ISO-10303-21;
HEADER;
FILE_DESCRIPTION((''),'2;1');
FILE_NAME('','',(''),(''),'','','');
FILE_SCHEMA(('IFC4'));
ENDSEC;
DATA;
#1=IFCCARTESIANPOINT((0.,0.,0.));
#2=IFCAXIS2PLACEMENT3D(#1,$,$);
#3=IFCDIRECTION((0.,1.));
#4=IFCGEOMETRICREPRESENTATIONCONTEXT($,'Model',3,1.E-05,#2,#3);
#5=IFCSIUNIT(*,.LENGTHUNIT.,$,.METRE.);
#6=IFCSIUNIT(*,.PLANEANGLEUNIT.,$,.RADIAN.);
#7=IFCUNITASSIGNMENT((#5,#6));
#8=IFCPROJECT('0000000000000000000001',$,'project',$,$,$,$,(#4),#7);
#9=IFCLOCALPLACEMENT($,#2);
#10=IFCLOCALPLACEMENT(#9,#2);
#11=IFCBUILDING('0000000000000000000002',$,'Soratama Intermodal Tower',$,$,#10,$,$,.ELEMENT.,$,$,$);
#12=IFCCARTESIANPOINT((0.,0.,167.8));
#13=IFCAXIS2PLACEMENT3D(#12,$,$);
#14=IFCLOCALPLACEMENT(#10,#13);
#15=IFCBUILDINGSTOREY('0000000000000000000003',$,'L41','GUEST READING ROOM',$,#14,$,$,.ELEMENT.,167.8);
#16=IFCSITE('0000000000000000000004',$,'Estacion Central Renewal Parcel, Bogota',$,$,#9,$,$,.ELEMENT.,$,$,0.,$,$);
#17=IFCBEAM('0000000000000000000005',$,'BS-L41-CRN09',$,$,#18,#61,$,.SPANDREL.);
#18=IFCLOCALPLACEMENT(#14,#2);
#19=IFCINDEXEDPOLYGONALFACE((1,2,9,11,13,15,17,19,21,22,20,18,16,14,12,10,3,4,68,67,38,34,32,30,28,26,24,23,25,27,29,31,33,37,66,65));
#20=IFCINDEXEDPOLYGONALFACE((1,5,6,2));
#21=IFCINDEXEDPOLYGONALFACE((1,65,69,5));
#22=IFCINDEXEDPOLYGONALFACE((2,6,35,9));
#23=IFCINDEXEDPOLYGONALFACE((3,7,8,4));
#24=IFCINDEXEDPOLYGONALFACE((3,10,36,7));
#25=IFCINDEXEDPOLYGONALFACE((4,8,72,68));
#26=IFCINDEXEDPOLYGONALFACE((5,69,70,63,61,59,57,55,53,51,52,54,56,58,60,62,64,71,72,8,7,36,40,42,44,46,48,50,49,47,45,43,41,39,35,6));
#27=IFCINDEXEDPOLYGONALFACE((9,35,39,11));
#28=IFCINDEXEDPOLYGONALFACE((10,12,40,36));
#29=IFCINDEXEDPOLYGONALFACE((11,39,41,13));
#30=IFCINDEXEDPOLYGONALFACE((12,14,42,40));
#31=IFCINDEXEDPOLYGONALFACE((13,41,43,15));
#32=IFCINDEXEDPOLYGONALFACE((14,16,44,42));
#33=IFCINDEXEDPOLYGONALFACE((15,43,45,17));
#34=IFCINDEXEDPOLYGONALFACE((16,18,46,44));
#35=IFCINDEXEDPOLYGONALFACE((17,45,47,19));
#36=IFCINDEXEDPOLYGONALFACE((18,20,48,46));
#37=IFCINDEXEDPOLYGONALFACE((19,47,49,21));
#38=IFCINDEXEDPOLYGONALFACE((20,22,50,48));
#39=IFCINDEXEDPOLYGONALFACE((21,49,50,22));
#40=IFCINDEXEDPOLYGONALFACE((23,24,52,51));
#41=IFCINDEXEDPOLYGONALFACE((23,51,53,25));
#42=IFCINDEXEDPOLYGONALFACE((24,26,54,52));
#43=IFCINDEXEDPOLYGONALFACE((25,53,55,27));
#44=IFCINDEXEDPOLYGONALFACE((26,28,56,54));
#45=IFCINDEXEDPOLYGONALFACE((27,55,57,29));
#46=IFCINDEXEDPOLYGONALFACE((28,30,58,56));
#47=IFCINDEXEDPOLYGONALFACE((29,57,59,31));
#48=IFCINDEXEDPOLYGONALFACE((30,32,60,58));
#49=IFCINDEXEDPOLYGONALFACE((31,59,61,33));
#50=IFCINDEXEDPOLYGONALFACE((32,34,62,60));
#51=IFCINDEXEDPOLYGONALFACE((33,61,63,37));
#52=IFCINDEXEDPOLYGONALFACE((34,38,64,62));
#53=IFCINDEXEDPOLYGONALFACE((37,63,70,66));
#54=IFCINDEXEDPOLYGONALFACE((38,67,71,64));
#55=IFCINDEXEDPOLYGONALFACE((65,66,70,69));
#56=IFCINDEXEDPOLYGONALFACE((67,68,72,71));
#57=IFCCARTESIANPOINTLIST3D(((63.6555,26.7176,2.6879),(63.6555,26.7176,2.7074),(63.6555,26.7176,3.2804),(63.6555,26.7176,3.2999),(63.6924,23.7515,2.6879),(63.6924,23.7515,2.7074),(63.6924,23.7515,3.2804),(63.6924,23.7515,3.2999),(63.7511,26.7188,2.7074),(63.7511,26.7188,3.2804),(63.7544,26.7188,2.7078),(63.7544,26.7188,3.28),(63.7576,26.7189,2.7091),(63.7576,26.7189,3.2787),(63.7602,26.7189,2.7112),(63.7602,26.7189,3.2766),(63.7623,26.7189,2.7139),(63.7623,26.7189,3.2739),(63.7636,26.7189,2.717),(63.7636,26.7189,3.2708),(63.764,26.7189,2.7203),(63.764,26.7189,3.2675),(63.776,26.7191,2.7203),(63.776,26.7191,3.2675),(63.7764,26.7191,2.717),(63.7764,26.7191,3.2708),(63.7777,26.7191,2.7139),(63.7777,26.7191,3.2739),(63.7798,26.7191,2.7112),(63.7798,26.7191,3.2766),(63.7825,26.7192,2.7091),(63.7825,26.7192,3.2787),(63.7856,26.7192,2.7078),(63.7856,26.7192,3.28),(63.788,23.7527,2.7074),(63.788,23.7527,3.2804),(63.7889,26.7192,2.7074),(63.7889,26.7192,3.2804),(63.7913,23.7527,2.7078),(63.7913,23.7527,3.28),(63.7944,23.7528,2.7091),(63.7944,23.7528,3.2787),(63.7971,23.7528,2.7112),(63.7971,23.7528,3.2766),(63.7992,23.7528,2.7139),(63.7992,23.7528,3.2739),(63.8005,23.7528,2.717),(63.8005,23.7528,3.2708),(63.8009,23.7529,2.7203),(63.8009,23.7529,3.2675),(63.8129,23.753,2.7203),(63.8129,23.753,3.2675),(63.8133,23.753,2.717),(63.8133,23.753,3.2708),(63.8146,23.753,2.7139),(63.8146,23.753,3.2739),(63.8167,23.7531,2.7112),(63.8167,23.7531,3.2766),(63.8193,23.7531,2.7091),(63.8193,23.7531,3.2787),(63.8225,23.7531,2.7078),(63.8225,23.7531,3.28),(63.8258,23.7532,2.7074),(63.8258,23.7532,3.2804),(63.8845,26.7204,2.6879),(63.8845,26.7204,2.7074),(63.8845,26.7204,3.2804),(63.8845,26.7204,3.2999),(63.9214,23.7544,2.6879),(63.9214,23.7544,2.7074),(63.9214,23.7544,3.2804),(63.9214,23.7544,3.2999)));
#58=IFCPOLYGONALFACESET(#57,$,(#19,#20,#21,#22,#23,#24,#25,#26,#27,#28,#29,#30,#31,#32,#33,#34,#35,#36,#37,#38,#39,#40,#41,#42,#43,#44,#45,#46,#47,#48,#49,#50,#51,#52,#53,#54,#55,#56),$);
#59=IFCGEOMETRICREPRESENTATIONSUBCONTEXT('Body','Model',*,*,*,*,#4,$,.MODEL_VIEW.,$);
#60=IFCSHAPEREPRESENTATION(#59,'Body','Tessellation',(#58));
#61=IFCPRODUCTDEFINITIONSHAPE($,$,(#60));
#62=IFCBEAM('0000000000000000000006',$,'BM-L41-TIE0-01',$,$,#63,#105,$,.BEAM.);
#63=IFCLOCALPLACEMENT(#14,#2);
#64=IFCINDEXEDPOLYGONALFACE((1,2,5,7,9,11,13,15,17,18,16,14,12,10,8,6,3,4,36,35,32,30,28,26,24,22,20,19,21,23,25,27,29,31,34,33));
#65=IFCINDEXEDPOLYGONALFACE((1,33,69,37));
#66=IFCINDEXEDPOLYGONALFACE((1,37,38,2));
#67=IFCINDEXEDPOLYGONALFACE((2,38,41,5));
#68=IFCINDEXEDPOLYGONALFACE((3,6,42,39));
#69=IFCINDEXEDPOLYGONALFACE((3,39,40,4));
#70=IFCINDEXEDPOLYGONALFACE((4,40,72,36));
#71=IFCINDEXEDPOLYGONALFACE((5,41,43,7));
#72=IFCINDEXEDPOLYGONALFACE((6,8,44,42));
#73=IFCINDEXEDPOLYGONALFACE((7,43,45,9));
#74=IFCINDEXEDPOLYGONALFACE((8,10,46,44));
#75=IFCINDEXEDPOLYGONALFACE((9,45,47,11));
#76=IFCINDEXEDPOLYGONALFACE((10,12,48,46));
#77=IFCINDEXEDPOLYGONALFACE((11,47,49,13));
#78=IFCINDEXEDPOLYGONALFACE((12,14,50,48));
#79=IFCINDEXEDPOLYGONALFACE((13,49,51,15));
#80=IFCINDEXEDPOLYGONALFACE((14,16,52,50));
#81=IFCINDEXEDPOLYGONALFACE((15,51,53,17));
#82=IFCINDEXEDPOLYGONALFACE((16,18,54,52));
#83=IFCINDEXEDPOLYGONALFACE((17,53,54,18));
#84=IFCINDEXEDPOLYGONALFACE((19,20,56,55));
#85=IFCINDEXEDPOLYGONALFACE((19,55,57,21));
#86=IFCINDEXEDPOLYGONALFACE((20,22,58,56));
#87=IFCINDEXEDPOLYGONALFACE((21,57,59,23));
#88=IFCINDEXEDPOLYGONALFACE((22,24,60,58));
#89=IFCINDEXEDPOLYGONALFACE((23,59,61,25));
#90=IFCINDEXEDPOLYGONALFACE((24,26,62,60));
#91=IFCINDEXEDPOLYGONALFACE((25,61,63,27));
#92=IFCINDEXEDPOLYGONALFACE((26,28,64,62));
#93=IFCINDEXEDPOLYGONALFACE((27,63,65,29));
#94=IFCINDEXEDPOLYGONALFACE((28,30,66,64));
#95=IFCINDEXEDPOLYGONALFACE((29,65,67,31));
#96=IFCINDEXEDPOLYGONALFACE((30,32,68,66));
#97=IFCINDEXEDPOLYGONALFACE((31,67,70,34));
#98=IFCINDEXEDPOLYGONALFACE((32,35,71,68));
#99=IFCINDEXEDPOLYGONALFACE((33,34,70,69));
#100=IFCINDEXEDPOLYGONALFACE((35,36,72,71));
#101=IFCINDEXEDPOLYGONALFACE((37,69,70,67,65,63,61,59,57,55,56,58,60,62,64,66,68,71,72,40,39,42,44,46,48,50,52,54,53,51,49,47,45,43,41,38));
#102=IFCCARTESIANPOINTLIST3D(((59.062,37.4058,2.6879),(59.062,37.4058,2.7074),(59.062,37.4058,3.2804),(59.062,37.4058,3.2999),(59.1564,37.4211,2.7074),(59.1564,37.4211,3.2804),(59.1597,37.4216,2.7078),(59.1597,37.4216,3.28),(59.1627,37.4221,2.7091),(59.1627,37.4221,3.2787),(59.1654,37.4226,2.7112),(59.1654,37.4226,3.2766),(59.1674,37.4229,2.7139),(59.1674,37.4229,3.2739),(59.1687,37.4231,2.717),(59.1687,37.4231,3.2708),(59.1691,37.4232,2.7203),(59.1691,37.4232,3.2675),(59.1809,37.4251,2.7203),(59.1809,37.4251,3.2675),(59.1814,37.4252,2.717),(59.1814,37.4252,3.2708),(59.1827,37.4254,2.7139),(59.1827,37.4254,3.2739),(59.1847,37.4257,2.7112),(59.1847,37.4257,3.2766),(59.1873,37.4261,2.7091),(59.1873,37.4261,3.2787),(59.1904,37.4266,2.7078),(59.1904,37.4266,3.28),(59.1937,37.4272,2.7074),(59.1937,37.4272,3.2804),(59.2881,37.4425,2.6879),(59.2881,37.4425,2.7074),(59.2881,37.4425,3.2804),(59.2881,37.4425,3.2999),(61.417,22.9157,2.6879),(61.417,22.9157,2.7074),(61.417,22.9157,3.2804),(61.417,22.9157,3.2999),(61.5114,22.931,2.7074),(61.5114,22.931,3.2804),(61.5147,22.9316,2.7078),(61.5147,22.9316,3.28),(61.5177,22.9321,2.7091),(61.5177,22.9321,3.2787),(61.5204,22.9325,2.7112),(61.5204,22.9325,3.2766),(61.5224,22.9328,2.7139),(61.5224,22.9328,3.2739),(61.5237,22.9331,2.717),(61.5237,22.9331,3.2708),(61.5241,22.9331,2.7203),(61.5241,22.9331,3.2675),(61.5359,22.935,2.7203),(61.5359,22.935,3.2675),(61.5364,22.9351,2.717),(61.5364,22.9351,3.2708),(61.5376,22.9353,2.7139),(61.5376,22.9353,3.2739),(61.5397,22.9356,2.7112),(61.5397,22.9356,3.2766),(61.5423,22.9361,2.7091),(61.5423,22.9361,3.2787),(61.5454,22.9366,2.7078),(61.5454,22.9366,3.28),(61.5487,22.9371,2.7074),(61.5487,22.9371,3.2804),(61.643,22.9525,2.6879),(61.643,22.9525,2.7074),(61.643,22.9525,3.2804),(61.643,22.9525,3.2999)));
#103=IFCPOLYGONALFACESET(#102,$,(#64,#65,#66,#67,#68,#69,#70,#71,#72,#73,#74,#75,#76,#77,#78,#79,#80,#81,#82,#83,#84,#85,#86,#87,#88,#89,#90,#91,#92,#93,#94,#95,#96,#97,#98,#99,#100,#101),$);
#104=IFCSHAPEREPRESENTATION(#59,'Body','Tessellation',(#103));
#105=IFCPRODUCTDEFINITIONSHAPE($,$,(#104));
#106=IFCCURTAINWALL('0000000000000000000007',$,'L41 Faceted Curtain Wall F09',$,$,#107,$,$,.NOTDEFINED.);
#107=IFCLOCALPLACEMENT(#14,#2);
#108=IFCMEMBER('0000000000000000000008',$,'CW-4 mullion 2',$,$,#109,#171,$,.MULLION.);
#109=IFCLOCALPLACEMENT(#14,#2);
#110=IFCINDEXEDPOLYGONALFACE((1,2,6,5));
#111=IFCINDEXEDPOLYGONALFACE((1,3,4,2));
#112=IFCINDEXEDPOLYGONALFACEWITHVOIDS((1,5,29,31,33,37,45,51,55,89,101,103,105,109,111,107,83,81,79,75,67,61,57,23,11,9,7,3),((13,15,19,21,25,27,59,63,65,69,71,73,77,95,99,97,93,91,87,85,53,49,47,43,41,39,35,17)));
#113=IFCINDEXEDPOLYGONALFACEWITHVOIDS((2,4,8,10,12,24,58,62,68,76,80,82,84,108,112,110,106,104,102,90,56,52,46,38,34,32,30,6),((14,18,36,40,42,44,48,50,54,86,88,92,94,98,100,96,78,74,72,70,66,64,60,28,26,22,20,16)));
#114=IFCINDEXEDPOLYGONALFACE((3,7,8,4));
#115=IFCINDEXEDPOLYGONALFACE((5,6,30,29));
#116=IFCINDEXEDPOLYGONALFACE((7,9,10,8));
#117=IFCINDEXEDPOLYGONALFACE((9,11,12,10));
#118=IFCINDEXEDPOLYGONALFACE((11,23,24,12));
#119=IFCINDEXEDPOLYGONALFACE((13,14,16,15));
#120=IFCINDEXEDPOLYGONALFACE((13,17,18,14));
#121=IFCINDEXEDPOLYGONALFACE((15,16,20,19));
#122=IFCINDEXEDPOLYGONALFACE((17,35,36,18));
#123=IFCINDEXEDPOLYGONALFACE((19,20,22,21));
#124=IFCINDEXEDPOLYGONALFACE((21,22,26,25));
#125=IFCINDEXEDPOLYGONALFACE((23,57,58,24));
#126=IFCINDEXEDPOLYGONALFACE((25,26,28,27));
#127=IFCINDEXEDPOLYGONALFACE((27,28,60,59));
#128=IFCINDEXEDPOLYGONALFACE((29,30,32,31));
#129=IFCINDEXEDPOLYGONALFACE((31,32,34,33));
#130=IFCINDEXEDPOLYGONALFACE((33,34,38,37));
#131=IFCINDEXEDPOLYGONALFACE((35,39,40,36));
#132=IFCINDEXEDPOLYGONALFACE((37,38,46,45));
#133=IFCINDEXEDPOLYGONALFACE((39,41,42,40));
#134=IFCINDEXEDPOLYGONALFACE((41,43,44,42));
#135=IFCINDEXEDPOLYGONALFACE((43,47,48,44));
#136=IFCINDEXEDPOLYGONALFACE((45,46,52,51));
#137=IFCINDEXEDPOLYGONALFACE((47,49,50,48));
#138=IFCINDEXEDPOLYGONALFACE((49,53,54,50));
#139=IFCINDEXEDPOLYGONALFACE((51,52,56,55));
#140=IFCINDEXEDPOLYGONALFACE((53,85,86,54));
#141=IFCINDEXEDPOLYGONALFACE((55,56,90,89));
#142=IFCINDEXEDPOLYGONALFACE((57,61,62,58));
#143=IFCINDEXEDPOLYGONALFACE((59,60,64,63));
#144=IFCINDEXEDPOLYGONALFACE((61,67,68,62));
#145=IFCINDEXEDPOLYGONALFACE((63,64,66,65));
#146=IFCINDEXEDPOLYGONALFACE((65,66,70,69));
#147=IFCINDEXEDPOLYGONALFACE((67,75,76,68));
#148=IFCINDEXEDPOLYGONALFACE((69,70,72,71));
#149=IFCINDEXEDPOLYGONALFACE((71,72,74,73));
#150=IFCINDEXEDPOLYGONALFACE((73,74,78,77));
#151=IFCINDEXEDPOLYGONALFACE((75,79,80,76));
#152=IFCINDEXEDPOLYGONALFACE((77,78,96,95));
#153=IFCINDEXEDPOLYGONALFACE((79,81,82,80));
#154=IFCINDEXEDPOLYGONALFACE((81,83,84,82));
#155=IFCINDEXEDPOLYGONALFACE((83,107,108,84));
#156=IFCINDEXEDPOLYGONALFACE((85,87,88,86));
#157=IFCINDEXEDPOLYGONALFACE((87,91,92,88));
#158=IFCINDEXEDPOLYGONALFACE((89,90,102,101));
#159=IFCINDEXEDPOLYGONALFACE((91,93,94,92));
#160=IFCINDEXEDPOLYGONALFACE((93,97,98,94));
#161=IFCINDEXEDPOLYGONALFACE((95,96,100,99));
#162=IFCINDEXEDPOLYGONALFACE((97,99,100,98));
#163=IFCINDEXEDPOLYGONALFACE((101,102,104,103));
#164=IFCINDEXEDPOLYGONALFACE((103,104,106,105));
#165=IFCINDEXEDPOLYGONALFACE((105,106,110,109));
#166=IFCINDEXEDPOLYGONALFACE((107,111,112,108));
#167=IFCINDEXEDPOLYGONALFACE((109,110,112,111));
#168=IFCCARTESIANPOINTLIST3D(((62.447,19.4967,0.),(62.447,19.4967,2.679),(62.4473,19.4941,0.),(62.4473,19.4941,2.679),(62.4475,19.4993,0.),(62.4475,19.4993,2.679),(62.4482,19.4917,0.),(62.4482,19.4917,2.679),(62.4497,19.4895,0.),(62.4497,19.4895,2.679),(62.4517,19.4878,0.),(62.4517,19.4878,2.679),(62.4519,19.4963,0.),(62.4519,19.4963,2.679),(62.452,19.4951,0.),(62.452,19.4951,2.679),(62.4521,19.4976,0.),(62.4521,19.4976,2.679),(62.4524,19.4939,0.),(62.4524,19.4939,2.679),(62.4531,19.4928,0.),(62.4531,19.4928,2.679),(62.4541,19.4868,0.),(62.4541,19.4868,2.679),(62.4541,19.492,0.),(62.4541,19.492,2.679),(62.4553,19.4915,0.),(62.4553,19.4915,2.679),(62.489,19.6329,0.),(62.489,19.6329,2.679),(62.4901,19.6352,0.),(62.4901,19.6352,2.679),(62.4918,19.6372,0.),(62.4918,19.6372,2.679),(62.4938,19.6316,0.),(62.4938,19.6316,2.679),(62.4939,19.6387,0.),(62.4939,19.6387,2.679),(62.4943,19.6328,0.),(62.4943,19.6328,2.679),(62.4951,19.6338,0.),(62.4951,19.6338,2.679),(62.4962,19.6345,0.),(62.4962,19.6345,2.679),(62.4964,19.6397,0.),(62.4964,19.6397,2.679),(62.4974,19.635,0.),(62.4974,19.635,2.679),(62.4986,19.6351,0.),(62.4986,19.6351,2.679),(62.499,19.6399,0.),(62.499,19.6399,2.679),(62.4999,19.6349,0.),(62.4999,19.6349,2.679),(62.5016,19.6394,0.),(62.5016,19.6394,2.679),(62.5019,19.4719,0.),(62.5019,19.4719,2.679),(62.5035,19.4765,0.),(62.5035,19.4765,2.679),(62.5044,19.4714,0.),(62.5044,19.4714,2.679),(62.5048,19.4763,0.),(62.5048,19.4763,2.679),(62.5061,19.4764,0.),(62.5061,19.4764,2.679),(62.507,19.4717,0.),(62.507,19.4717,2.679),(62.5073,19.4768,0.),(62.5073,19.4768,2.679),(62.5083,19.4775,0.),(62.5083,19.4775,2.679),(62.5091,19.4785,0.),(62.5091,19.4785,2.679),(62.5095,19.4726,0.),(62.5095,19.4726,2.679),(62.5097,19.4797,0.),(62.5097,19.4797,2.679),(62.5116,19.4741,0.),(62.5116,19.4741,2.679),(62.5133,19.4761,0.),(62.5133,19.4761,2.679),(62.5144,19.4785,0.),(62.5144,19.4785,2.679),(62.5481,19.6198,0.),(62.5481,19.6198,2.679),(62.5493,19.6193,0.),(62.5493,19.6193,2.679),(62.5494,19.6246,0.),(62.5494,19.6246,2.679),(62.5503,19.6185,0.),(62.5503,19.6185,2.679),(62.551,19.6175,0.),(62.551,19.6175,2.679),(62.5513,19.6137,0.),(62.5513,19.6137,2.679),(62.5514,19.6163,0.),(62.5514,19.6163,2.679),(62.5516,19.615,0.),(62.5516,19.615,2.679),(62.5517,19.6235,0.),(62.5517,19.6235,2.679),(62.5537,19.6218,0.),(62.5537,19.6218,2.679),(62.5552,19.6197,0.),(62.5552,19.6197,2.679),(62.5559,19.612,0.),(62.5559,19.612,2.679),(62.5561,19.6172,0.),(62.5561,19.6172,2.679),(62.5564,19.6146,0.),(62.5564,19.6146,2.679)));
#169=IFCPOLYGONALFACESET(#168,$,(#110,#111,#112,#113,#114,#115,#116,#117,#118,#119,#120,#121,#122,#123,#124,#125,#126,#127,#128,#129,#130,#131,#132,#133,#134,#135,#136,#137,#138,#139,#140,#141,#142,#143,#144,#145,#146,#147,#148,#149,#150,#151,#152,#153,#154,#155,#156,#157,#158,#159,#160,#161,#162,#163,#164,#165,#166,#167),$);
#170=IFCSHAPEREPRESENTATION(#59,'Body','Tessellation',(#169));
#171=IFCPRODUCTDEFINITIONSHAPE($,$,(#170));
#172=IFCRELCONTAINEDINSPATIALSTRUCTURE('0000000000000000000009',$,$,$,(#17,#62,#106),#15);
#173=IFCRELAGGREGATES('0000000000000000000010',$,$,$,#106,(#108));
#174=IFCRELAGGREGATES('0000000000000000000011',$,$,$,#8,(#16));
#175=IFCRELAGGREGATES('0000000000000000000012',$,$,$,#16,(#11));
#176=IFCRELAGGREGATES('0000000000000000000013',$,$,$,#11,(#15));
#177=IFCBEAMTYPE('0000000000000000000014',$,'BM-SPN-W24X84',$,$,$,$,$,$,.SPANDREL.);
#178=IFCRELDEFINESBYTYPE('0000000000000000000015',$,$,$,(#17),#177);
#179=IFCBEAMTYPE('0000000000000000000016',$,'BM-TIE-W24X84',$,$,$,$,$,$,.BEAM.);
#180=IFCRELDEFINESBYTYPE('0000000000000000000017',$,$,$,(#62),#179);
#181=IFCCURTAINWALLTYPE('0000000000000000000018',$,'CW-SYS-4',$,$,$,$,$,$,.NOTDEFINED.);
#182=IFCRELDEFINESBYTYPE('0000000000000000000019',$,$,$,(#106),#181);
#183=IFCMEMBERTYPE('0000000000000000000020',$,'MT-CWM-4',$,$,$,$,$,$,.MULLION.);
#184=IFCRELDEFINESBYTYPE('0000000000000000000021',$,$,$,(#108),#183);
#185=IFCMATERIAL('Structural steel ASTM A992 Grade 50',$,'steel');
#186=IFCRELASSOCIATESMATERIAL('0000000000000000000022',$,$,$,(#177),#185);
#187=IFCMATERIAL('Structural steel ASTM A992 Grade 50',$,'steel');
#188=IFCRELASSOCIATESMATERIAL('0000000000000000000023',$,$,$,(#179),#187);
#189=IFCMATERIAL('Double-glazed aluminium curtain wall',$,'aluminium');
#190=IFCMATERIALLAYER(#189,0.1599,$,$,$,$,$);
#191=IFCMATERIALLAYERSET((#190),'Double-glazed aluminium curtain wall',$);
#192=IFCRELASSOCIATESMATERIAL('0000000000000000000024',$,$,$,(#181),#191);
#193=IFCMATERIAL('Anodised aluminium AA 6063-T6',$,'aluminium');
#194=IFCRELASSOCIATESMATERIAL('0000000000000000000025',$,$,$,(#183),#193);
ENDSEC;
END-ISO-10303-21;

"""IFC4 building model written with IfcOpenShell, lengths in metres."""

from ifc_helpers import new_model, si_unit, direction, frame, origin, origin_2d, place, context, subcontext, project, spatial, hollow_rectangle, i_section, extrude, material, layer, layer_set, material_profile, profile_set, type_object, element, aggregate, save


model = new_model("IFC4")

# Units and contexts
model_context = context("Model", 3, precision=1e-05, world=origin(), true_north=direction((0.0, 1.0)))
body_context = subcontext(model_context, "Body", "Model", "MODEL_VIEW")
ifc_project = project(units=[si_unit("LENGTHUNIT", "METRE"), si_unit("PLANEANGLEUNIT", "RADIAN")], contexts=[model_context])

# Site, building, storey
site_placement = place(None, origin())
site = spatial("IfcSite", under=ifc_project, at=site_placement, Name="Estacion Central Renewal Parcel, Bogota", CompositionType="ELEMENT", RefElevation=0.0)
building_placement = place(site_placement, origin())
building = spatial("IfcBuilding", under=site, at=building_placement, Name="Soratama Intermodal Tower", CompositionType="ELEMENT")
storey_placement = place(building_placement, frame((0.0, 0.0, 167.8)))
storey = spatial("IfcBuildingStorey", under=building, at=storey_placement, Name="L41", Description="GUEST READING ROOM", CompositionType="ELEMENT", Elevation=167.8)

# Beams
ifc_material_1 = material(Name="Structural steel ASTM A992 Grade 50", Category="steel")
ifc_material_profile_1 = material_profile(ifc_material_1, i_section(OverallWidth=0.229, OverallDepth=0.6121, WebThickness=0.012, FlangeThickness=0.0195, FilletRadius=0.0129, at=origin_2d()), Name="W24X84")
ifc_profile_set_1 = profile_set([ifc_material_profile_1], Name="Structural steel ASTM A992 Grade 50")
beam_type_1 = type_object("IfcBeamType", Name="BM-SPN-W24X84", PredefinedType="SPANDREL", material=ifc_profile_set_1)
beam_1_placement = place(storey_placement, frame((63.8069, 23.7529, 2.9939), z_axis=(-0.012428, 0.999923, 0.0), x_axis=(-0.999923, -0.012428, 0.0)))
element("IfcBeam", 1, at=beam_1_placement, inside=storey, type_object=beam_type_1, Name="BS-L41-CRN09", PredefinedType="SPANDREL", context=body_context, shape_type="SweptSolid", body=[
    extrude(i_section(OverallWidth=0.229, OverallDepth=0.6121, WebThickness=0.012, FlangeThickness=0.0195, FilletRadius=0.0129, at=origin_2d()), origin(), (0.0, 0.0, 1.0), 2.9663),
])
ifc_material_2 = material(Name="Structural steel ASTM A992 Grade 50", Category="steel")
ifc_material_profile_2 = material_profile(ifc_material_2, i_section(OverallWidth=0.229, OverallDepth=0.6121, WebThickness=0.012, FlangeThickness=0.0195, FilletRadius=0.0129, at=origin_2d()), Name="W24X84")
ifc_profile_set_2 = profile_set([ifc_material_profile_2], Name="Structural steel ASTM A992 Grade 50")
beam_type_2 = type_object("IfcBeamType", Name="BM-TIE-W24X84", PredefinedType="BEAM", material=ifc_profile_set_2)
beam_2_placement = place(storey_placement, frame((61.53, 22.9341, 2.9939), z_axis=(-0.16042, 0.987049, 0.0), x_axis=(-0.987049, -0.16042, 0.0)))
element("IfcBeam", 2, at=beam_2_placement, inside=storey, type_object=beam_type_2, Name="BM-L41-TIE0-01", PredefinedType="BEAM", context=body_context, shape_type="SweptSolid", body=[
    extrude(i_section(OverallWidth=0.229, OverallDepth=0.6121, WebThickness=0.012, FlangeThickness=0.0195, FilletRadius=0.0129, at=origin_2d()), origin(), (0.0, 0.0, 1.0), 14.6802),
])

# Curtain wall, member
ifc_material_3 = material(Name="Double-glazed aluminium curtain wall", Category="aluminium")
ifc_layer_1 = layer(ifc_material_3, 0.1599)
ifc_layer_set_1 = layer_set([ifc_layer_1], Name="Double-glazed aluminium curtain wall")
curtain_wall_type = type_object("IfcCurtainWallType", Name="CW-SYS-4", PredefinedType="NOTDEFINED", material=ifc_layer_set_1)
curtain_wall_placement = place(storey_placement, origin())
curtain_wall = element("IfcCurtainWall", 3, at=curtain_wall_placement, inside=storey, type_object=curtain_wall_type, Name="L41 Faceted Curtain Wall F09", PredefinedType="NOTDEFINED")
ifc_material_4 = material(Name="Anodised aluminium AA 6063-T6", Category="aluminium")
ifc_material_profile_3 = material_profile(ifc_material_4, hollow_rectangle(XDim=0.0701, YDim=0.1599, WallThickness=0.0049, InnerFilletRadius=0.0049, OuterFilletRadius=0.01, at=origin_2d()), Name="CWM160X70X5")
ifc_profile_set_3 = profile_set([ifc_material_profile_3], Name="Anodised aluminium AA 6063-T6")
member_type_1 = type_object("IfcMemberType", Name="MT-CWM-4", PredefinedType="MULLION", material=ifc_profile_set_3)
member_1_placement = place(storey_placement, frame((62.5017, 19.5557, 0.0), z_axis=(0.0, 0.0, 1.0), x_axis=(-0.954865, 0.297041, 0.0)))
member_1 = element("IfcMember", 4, at=member_1_placement, type_object=member_type_1, Name="CW-4 mullion 2", PredefinedType="MULLION", context=body_context, shape_type="SweptSolid", body=[
    extrude(hollow_rectangle(XDim=0.0701, YDim=0.1599, WallThickness=0.0049, InnerFilletRadius=0.0049, OuterFilletRadius=0.01, at=origin_2d()), origin(), (0.0, 0.0, 1.0), 2.679),
])
aggregate(curtain_wall, [member_1])

save(model, "model.ifc")
